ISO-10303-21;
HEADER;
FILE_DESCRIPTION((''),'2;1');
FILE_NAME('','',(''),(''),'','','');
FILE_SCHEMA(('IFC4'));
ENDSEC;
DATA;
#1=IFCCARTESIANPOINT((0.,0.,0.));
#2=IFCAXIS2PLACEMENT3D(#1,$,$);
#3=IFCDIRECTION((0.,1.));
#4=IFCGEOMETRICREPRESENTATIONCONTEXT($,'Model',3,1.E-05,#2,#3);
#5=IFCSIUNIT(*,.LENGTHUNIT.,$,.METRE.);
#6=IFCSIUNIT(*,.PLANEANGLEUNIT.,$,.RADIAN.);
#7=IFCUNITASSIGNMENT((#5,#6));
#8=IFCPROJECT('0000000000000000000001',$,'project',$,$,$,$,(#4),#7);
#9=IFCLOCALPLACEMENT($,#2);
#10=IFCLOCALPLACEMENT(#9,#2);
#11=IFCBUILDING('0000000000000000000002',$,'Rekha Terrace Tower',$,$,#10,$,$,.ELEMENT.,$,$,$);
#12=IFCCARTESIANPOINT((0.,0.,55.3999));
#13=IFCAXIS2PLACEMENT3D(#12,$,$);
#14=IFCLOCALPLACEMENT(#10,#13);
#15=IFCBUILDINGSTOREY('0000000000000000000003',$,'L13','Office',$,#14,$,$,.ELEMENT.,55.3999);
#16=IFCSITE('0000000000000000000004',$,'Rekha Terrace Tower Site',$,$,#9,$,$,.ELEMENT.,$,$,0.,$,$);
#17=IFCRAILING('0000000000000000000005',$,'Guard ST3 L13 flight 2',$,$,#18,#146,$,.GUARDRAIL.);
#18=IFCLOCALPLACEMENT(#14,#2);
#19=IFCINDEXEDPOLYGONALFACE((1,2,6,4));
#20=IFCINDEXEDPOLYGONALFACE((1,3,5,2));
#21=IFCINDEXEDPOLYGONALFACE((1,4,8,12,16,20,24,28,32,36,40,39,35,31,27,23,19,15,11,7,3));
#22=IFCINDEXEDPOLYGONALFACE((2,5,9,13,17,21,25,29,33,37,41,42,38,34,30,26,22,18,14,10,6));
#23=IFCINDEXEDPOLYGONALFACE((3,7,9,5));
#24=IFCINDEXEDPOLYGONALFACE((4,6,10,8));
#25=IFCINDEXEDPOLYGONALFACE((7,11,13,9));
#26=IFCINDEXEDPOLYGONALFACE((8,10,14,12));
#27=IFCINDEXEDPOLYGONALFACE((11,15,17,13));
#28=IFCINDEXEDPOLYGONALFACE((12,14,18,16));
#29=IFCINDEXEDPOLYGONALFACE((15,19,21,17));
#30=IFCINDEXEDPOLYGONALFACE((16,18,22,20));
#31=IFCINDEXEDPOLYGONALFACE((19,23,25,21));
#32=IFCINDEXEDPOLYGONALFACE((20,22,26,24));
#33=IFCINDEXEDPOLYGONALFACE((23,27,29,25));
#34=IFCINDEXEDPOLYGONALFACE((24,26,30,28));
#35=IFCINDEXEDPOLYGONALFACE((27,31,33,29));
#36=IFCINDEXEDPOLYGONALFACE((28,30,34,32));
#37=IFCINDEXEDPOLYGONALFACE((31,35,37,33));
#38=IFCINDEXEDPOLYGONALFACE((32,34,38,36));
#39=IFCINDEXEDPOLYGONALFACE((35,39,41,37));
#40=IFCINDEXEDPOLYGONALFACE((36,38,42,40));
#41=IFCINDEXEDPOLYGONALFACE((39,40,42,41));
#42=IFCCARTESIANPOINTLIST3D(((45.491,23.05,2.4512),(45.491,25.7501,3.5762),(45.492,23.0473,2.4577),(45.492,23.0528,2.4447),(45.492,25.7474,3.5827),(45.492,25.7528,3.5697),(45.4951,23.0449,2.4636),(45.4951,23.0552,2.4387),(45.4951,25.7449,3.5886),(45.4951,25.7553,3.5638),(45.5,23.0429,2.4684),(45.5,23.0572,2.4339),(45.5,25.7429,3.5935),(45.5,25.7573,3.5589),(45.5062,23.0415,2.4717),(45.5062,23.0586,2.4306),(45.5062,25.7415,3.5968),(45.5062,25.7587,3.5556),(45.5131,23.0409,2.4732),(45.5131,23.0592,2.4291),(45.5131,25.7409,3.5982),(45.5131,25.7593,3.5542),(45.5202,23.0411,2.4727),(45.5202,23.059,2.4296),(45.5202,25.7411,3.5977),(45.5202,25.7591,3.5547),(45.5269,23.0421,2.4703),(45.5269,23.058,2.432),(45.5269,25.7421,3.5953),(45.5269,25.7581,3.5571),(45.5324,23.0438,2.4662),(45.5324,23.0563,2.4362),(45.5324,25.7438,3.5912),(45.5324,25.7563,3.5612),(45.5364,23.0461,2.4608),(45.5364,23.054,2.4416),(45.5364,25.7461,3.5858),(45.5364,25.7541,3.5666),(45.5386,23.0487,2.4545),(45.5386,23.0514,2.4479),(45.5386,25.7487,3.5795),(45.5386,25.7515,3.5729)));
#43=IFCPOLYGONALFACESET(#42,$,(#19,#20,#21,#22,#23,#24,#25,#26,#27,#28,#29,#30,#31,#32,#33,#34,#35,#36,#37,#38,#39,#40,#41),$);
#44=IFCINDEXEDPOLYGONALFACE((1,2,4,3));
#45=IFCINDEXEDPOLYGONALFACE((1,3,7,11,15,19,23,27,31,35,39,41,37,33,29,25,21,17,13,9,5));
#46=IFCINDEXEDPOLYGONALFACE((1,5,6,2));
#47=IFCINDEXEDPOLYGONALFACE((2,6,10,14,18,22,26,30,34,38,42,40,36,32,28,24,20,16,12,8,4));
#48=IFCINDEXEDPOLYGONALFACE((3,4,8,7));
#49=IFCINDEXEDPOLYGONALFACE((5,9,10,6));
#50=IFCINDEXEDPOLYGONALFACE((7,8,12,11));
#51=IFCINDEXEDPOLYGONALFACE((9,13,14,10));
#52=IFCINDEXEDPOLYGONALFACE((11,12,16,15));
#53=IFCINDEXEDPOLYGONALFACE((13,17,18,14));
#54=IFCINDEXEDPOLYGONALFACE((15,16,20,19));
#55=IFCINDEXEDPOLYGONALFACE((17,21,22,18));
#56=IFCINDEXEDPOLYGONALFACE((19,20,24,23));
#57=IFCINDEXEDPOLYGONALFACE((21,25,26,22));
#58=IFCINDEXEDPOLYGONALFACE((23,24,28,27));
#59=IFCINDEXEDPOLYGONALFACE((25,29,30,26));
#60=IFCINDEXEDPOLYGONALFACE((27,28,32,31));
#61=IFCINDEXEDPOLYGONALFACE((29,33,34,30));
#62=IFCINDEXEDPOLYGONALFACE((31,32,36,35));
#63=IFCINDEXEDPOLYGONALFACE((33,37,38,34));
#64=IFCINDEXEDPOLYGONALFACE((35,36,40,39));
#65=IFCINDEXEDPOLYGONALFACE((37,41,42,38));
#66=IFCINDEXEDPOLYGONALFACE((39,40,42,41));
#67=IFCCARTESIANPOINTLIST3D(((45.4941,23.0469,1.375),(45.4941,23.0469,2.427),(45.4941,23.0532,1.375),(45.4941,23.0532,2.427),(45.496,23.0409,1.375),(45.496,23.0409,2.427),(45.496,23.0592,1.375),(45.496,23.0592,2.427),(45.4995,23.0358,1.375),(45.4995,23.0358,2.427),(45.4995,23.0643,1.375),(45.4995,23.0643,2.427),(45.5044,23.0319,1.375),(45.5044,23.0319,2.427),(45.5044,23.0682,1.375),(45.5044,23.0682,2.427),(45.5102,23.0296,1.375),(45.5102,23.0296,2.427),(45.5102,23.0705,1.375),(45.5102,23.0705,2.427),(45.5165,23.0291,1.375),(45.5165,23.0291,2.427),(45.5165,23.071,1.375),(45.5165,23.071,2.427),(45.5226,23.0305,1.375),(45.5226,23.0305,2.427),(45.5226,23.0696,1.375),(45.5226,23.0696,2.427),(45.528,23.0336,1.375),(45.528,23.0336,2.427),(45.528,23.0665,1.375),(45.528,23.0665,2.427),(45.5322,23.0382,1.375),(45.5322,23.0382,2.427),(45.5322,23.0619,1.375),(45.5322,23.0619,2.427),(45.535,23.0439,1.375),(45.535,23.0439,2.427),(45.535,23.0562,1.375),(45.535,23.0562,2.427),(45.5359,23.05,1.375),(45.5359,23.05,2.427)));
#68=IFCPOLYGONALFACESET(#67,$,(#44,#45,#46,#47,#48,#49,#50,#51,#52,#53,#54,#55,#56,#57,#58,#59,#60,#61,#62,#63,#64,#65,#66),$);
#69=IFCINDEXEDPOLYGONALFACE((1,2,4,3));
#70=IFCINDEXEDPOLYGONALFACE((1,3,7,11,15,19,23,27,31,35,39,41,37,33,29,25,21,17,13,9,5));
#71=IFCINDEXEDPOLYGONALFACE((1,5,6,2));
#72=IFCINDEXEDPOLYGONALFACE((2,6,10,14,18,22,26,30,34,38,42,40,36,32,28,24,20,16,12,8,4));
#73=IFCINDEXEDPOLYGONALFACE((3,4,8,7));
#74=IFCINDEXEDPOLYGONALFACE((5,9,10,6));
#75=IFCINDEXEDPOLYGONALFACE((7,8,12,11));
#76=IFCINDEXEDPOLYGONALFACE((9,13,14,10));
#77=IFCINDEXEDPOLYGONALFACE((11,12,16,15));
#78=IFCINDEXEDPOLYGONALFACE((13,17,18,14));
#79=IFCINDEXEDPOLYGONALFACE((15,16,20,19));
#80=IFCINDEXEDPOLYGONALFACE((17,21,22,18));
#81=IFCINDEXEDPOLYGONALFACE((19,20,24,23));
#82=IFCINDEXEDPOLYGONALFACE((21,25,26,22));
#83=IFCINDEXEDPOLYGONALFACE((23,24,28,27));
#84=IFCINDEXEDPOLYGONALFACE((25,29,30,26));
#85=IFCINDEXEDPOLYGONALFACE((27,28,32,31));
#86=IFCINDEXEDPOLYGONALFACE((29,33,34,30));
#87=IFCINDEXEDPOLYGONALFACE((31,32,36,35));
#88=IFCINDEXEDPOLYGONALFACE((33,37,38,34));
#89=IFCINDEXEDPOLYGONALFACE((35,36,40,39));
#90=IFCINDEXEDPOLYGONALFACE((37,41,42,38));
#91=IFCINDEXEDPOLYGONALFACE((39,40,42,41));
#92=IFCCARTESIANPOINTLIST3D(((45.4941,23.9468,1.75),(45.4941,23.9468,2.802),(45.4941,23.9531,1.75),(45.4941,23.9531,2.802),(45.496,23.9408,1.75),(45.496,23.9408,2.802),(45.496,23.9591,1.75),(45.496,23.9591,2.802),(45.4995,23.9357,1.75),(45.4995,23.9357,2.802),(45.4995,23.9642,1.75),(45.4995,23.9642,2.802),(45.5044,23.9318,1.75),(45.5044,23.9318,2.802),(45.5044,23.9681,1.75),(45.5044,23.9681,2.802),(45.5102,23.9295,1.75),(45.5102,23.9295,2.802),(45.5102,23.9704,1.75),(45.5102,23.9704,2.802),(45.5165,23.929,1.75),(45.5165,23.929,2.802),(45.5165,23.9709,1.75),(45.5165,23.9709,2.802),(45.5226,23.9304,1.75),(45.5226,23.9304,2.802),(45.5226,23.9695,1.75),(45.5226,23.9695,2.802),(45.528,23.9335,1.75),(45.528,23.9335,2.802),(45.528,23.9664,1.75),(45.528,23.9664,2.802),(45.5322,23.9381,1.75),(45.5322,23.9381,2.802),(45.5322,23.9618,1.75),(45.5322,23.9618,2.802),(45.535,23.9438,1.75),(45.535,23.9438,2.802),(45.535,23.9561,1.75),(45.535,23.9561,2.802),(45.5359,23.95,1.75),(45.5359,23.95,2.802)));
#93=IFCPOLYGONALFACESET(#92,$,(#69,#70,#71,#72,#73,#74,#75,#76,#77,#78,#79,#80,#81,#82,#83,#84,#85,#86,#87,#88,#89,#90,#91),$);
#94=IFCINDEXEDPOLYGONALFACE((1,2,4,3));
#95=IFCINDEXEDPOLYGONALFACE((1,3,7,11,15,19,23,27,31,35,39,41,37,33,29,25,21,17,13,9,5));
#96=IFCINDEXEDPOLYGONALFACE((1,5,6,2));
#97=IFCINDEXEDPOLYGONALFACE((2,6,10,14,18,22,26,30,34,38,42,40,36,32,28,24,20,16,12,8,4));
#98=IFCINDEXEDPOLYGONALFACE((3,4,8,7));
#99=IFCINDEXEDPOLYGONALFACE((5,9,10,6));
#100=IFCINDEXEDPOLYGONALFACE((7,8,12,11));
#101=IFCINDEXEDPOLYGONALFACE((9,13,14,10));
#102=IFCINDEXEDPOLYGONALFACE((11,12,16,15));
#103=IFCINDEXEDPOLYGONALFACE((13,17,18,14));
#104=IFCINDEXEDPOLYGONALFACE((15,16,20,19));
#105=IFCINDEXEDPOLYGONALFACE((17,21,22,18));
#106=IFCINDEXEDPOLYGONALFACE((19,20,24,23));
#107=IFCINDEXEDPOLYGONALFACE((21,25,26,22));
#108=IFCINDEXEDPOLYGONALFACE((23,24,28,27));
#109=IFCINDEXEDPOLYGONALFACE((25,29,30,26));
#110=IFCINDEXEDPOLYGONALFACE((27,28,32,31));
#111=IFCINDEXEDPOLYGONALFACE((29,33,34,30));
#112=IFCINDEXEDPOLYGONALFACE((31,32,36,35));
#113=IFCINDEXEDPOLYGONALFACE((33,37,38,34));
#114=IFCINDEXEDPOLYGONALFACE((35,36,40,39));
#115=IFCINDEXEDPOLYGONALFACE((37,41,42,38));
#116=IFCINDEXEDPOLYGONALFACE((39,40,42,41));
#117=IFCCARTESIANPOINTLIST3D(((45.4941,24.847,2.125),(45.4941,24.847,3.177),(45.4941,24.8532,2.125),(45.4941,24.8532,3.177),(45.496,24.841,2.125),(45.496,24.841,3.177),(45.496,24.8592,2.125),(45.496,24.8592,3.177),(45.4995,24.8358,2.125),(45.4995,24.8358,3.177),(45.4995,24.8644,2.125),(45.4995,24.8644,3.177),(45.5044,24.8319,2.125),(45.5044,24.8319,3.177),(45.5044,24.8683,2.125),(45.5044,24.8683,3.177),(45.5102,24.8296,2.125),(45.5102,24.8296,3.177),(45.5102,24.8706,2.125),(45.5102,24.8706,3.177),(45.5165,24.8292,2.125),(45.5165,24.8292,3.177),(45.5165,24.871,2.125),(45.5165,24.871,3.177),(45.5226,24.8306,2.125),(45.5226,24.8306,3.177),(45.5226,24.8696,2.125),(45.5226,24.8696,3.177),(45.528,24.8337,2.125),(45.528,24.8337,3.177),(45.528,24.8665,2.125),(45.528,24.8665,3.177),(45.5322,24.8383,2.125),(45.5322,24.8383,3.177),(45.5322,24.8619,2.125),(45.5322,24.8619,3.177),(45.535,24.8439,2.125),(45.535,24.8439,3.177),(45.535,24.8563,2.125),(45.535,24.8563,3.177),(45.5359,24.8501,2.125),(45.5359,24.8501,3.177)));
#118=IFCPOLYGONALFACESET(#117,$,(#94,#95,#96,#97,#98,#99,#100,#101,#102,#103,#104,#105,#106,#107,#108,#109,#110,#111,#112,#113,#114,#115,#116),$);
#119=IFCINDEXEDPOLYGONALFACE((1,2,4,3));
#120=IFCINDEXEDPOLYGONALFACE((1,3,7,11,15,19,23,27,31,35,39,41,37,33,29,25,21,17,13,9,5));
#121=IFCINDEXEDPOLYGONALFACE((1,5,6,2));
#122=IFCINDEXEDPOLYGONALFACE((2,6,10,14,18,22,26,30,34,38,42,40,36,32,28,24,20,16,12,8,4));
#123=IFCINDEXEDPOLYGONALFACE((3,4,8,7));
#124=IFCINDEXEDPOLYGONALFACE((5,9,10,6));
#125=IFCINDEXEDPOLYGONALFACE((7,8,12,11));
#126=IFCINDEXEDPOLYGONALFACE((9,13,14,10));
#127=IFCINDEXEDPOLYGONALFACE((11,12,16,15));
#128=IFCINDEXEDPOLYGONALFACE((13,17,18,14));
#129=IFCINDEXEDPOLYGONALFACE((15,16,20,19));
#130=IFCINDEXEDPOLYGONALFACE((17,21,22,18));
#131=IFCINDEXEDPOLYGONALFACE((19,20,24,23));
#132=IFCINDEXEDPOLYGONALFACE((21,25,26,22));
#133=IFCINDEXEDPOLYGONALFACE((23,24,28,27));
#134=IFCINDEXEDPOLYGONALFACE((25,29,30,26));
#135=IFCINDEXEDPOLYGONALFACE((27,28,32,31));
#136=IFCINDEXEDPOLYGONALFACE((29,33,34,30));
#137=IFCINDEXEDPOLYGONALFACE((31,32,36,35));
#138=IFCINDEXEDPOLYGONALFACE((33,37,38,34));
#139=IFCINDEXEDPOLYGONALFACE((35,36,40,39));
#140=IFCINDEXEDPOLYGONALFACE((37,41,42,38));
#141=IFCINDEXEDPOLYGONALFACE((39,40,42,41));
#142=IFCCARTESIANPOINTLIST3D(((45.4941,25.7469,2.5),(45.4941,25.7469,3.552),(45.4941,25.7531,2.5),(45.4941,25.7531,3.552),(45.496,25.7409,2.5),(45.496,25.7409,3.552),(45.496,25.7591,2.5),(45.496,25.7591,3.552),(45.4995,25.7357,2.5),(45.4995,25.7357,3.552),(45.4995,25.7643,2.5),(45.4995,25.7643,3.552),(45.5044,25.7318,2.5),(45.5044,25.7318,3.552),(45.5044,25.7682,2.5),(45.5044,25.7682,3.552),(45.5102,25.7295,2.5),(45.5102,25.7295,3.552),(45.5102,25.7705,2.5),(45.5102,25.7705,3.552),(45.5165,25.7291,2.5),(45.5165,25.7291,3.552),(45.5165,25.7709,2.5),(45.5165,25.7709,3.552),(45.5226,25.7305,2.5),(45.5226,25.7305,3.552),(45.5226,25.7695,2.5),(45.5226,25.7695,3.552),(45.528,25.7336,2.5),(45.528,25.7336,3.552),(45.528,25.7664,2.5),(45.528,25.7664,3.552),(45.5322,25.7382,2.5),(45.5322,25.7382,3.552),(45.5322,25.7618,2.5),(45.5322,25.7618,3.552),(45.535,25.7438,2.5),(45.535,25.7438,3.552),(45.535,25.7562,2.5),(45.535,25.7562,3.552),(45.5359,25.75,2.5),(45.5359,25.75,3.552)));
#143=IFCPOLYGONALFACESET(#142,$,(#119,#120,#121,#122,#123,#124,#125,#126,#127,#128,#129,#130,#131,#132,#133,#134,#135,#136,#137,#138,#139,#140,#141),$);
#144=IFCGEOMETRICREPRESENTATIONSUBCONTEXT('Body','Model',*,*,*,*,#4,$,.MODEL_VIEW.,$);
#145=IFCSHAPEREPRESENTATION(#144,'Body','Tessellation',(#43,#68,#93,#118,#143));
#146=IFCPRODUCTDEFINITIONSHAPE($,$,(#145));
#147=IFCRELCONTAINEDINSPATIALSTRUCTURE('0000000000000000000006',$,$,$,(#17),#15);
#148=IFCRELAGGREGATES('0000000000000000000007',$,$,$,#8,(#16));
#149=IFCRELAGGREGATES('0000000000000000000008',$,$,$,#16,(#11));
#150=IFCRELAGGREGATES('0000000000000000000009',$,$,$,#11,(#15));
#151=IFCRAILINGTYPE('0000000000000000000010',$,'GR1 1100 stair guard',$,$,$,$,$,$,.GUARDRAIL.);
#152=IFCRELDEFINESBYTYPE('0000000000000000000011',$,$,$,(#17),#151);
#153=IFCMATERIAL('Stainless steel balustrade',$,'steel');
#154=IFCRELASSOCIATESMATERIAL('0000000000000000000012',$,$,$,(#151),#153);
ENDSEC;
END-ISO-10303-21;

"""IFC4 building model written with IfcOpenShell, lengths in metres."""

from ifc_helpers import new_model, si_unit, direction, frame, origin, origin_2d, place, context, subcontext, project, spatial, circle, extrude, material, type_object, element, save


model = new_model("IFC4")

# Units and contexts
model_context = context("Model", 3, precision=1e-05, world=origin(), true_north=direction((0.0, 1.0)))
body_context = subcontext(model_context, "Body", "Model", "MODEL_VIEW")
ifc_project = project(units=[si_unit("LENGTHUNIT", "METRE"), si_unit("PLANEANGLEUNIT", "RADIAN")], contexts=[model_context])

# Site, building, storey
site_placement = place(None, origin())
site = spatial("IfcSite", under=ifc_project, at=site_placement, Name="Rekha Terrace Tower Site", CompositionType="ELEMENT", RefElevation=0.0)
building_placement = place(site_placement, origin())
building = spatial("IfcBuilding", under=site, at=building_placement, Name="Rekha Terrace Tower", CompositionType="ELEMENT")
storey_placement = place(building_placement, frame((0.0, 0.0, 55.3999)))
storey = spatial("IfcBuildingStorey", under=building, at=storey_placement, Name="L13", Description="Office", CompositionType="ELEMENT", Elevation=55.3999)

# Railing
ifc_material_1 = material(Name="Stainless steel balustrade", Category="steel")
railing_type_1 = type_object("IfcRailingType", Name="GR1 1100 stair guard", PredefinedType="GUARDRAIL", material=ifc_material_1)
railing_1_placement = place(storey_placement, frame((45.5149, 23.05, 1.375)))
element("IfcRailing", 1, at=railing_1_placement, inside=storey, type_object=railing_type_1, Name="Guard ST3 L13 flight 2", PredefinedType="GUARDRAIL", context=body_context, shape_type="SweptSolid", body=[
    extrude(circle(Radius=0.0239, at=origin_2d()), frame((0.0, 0.0, 1.0762), z_axis=(0.0, 0.923074, 0.384621), x_axis=(-1.0, 0.0, 0.0)), (0.0, 0.0, 1.0), 2.925),
    extrude(circle(Radius=0.021, at=origin_2d()), origin(), (0.0, 0.0, 1.0), 1.052),
    extrude(circle(Radius=0.021, at=origin_2d()), frame((0.0, 0.8999, 0.375)), (0.0, 0.0, 1.0), 1.052),
    extrude(circle(Radius=0.021, at=origin_2d()), frame((0.0, 1.8, 0.75)), (0.0, 0.0, 1.0), 1.052),
    extrude(circle(Radius=0.021, at=origin_2d()), frame((0.0, 2.7, 1.125)), (0.0, 0.0, 1.0), 1.052),
])

save(model, "model.ifc")
